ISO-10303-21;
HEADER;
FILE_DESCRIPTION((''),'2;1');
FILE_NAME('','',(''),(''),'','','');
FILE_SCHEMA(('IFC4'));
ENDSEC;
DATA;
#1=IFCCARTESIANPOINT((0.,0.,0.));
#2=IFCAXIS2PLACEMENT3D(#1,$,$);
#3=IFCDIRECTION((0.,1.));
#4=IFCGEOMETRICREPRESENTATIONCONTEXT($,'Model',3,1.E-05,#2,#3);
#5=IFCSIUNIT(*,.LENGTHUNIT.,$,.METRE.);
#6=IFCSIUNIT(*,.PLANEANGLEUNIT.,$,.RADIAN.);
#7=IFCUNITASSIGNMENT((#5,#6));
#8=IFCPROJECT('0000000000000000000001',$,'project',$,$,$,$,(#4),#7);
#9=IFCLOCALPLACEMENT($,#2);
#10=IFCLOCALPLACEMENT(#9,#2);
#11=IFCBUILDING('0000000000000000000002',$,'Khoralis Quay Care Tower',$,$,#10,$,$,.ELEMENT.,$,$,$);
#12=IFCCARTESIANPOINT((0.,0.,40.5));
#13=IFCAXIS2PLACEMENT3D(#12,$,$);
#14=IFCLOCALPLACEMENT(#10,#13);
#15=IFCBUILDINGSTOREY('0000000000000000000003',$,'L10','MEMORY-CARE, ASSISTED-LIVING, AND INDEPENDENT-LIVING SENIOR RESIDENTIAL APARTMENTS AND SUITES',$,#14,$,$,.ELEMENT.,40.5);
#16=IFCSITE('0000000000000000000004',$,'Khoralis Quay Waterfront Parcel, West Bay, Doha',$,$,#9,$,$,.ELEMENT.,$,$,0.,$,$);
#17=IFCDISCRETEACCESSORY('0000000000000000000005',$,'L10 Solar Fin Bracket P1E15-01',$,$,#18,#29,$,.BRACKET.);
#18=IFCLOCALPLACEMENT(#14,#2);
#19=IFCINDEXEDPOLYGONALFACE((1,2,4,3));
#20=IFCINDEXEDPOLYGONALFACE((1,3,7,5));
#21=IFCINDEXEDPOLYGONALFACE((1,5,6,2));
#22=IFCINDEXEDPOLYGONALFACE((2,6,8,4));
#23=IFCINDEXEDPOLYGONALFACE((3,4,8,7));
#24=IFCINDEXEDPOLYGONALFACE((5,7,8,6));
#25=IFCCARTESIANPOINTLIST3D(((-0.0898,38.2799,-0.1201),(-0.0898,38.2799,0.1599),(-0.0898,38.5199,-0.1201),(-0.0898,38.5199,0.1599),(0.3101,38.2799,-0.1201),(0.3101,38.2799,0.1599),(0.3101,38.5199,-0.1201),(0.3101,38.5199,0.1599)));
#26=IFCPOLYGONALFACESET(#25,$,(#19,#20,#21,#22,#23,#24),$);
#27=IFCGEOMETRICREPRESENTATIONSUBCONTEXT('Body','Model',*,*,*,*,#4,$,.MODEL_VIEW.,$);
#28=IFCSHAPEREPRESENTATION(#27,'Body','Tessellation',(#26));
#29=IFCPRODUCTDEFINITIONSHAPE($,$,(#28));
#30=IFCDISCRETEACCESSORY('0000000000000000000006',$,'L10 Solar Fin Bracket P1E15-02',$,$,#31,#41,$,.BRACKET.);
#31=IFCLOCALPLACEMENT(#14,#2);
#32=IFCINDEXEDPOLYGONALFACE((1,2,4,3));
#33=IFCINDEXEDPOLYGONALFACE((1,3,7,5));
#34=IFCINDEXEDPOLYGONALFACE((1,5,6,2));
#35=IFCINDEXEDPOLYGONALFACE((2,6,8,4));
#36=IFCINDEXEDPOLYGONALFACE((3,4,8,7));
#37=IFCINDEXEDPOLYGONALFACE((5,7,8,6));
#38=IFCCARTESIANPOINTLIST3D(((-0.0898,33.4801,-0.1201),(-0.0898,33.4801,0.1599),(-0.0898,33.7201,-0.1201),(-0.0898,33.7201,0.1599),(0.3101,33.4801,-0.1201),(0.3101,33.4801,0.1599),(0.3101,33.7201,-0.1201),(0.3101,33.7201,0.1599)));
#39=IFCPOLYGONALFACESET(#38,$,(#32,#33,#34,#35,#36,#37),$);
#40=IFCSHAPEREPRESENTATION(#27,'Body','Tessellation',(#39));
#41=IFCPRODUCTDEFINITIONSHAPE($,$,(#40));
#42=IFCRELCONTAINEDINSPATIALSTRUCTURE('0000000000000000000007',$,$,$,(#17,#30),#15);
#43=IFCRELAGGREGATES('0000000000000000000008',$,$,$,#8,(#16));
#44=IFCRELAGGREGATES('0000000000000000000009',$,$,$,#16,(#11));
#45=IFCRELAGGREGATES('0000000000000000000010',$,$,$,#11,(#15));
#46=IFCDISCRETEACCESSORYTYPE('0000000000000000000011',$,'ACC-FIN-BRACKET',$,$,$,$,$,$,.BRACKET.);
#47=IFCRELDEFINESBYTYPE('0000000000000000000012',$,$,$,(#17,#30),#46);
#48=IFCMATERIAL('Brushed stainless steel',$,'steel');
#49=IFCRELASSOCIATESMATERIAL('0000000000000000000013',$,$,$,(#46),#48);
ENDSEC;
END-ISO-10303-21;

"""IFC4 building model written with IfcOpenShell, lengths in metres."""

from ifc_helpers import new_model, si_unit, direction, frame, origin, origin_2d, place, context, subcontext, project, spatial, rectangle, extrude, source, transform, mapped, material, type_object, element, save


model = new_model("IFC4")

# Units and contexts
model_context = context("Model", 3, precision=1e-05, world=origin(), true_north=direction((0.0, 1.0)))
body_context = subcontext(model_context, "Body", "Model", "MODEL_VIEW")
ifc_project = project(units=[si_unit("LENGTHUNIT", "METRE"), si_unit("PLANEANGLEUNIT", "RADIAN")], contexts=[model_context])

# Site, building, storey
site_placement = place(None, origin())
site = spatial("IfcSite", under=ifc_project, at=site_placement, Name="Khoralis Quay Waterfront Parcel, West Bay, Doha", CompositionType="ELEMENT", RefElevation=0.0)
building_placement = place(site_placement, origin())
building = spatial("IfcBuilding", under=site, at=building_placement, Name="Khoralis Quay Care Tower", CompositionType="ELEMENT")
storey_placement = place(building_placement, frame((0.0, 0.0, 40.5)))
storey = spatial("IfcBuildingStorey", under=building, at=storey_placement, Name="L10", Description="MEMORY-CARE, ASSISTED-LIVING, AND INDEPENDENT-LIVING SENIOR RESIDENTIAL APARTMENTS AND SUITES", CompositionType="ELEMENT", Elevation=40.5)

# Discrete accessories
ifc_material_1 = material(Name="Brushed stainless steel", Category="steel")
discrete_accessory_type = type_object("IfcDiscreteAccessoryType", Name="ACC-FIN-BRACKET", PredefinedType="BRACKET", material=ifc_material_1)
shared_shape_1 = source(origin(), body_context, "Body", "SweptSolid", [
    extrude(rectangle(XDim=0.3999, YDim=0.24, at=origin_2d()), origin(), (0.0, 0.0, 1.0), 0.28),
])
for number, where, z_axis, x_axis, name in (
    (1, (0.1101, 38.3999, -0.1201), (0.0, 0.0, 1.0), (-1.0, 0.0, 0.0), "L10 Solar Fin Bracket P1E15-01"),
    (2, (0.1101, 33.6001, -0.1201), (0.0, 0.0, 1.0), (-1.0, 0.0, 0.0), "L10 Solar Fin Bracket P1E15-02"),
):
    element("IfcDiscreteAccessory", number, at=place(storey_placement, frame(where, z_axis=z_axis, x_axis=x_axis)), inside=storey, type_object=discrete_accessory_type, Name=name, PredefinedType="BRACKET", context=body_context, shape_type="MappedRepresentation", body=[
        mapped(shared_shape_1, transform((0.0, 0.0, 0.0), scale=1.0)),
    ])

save(model, "model.ifc")
